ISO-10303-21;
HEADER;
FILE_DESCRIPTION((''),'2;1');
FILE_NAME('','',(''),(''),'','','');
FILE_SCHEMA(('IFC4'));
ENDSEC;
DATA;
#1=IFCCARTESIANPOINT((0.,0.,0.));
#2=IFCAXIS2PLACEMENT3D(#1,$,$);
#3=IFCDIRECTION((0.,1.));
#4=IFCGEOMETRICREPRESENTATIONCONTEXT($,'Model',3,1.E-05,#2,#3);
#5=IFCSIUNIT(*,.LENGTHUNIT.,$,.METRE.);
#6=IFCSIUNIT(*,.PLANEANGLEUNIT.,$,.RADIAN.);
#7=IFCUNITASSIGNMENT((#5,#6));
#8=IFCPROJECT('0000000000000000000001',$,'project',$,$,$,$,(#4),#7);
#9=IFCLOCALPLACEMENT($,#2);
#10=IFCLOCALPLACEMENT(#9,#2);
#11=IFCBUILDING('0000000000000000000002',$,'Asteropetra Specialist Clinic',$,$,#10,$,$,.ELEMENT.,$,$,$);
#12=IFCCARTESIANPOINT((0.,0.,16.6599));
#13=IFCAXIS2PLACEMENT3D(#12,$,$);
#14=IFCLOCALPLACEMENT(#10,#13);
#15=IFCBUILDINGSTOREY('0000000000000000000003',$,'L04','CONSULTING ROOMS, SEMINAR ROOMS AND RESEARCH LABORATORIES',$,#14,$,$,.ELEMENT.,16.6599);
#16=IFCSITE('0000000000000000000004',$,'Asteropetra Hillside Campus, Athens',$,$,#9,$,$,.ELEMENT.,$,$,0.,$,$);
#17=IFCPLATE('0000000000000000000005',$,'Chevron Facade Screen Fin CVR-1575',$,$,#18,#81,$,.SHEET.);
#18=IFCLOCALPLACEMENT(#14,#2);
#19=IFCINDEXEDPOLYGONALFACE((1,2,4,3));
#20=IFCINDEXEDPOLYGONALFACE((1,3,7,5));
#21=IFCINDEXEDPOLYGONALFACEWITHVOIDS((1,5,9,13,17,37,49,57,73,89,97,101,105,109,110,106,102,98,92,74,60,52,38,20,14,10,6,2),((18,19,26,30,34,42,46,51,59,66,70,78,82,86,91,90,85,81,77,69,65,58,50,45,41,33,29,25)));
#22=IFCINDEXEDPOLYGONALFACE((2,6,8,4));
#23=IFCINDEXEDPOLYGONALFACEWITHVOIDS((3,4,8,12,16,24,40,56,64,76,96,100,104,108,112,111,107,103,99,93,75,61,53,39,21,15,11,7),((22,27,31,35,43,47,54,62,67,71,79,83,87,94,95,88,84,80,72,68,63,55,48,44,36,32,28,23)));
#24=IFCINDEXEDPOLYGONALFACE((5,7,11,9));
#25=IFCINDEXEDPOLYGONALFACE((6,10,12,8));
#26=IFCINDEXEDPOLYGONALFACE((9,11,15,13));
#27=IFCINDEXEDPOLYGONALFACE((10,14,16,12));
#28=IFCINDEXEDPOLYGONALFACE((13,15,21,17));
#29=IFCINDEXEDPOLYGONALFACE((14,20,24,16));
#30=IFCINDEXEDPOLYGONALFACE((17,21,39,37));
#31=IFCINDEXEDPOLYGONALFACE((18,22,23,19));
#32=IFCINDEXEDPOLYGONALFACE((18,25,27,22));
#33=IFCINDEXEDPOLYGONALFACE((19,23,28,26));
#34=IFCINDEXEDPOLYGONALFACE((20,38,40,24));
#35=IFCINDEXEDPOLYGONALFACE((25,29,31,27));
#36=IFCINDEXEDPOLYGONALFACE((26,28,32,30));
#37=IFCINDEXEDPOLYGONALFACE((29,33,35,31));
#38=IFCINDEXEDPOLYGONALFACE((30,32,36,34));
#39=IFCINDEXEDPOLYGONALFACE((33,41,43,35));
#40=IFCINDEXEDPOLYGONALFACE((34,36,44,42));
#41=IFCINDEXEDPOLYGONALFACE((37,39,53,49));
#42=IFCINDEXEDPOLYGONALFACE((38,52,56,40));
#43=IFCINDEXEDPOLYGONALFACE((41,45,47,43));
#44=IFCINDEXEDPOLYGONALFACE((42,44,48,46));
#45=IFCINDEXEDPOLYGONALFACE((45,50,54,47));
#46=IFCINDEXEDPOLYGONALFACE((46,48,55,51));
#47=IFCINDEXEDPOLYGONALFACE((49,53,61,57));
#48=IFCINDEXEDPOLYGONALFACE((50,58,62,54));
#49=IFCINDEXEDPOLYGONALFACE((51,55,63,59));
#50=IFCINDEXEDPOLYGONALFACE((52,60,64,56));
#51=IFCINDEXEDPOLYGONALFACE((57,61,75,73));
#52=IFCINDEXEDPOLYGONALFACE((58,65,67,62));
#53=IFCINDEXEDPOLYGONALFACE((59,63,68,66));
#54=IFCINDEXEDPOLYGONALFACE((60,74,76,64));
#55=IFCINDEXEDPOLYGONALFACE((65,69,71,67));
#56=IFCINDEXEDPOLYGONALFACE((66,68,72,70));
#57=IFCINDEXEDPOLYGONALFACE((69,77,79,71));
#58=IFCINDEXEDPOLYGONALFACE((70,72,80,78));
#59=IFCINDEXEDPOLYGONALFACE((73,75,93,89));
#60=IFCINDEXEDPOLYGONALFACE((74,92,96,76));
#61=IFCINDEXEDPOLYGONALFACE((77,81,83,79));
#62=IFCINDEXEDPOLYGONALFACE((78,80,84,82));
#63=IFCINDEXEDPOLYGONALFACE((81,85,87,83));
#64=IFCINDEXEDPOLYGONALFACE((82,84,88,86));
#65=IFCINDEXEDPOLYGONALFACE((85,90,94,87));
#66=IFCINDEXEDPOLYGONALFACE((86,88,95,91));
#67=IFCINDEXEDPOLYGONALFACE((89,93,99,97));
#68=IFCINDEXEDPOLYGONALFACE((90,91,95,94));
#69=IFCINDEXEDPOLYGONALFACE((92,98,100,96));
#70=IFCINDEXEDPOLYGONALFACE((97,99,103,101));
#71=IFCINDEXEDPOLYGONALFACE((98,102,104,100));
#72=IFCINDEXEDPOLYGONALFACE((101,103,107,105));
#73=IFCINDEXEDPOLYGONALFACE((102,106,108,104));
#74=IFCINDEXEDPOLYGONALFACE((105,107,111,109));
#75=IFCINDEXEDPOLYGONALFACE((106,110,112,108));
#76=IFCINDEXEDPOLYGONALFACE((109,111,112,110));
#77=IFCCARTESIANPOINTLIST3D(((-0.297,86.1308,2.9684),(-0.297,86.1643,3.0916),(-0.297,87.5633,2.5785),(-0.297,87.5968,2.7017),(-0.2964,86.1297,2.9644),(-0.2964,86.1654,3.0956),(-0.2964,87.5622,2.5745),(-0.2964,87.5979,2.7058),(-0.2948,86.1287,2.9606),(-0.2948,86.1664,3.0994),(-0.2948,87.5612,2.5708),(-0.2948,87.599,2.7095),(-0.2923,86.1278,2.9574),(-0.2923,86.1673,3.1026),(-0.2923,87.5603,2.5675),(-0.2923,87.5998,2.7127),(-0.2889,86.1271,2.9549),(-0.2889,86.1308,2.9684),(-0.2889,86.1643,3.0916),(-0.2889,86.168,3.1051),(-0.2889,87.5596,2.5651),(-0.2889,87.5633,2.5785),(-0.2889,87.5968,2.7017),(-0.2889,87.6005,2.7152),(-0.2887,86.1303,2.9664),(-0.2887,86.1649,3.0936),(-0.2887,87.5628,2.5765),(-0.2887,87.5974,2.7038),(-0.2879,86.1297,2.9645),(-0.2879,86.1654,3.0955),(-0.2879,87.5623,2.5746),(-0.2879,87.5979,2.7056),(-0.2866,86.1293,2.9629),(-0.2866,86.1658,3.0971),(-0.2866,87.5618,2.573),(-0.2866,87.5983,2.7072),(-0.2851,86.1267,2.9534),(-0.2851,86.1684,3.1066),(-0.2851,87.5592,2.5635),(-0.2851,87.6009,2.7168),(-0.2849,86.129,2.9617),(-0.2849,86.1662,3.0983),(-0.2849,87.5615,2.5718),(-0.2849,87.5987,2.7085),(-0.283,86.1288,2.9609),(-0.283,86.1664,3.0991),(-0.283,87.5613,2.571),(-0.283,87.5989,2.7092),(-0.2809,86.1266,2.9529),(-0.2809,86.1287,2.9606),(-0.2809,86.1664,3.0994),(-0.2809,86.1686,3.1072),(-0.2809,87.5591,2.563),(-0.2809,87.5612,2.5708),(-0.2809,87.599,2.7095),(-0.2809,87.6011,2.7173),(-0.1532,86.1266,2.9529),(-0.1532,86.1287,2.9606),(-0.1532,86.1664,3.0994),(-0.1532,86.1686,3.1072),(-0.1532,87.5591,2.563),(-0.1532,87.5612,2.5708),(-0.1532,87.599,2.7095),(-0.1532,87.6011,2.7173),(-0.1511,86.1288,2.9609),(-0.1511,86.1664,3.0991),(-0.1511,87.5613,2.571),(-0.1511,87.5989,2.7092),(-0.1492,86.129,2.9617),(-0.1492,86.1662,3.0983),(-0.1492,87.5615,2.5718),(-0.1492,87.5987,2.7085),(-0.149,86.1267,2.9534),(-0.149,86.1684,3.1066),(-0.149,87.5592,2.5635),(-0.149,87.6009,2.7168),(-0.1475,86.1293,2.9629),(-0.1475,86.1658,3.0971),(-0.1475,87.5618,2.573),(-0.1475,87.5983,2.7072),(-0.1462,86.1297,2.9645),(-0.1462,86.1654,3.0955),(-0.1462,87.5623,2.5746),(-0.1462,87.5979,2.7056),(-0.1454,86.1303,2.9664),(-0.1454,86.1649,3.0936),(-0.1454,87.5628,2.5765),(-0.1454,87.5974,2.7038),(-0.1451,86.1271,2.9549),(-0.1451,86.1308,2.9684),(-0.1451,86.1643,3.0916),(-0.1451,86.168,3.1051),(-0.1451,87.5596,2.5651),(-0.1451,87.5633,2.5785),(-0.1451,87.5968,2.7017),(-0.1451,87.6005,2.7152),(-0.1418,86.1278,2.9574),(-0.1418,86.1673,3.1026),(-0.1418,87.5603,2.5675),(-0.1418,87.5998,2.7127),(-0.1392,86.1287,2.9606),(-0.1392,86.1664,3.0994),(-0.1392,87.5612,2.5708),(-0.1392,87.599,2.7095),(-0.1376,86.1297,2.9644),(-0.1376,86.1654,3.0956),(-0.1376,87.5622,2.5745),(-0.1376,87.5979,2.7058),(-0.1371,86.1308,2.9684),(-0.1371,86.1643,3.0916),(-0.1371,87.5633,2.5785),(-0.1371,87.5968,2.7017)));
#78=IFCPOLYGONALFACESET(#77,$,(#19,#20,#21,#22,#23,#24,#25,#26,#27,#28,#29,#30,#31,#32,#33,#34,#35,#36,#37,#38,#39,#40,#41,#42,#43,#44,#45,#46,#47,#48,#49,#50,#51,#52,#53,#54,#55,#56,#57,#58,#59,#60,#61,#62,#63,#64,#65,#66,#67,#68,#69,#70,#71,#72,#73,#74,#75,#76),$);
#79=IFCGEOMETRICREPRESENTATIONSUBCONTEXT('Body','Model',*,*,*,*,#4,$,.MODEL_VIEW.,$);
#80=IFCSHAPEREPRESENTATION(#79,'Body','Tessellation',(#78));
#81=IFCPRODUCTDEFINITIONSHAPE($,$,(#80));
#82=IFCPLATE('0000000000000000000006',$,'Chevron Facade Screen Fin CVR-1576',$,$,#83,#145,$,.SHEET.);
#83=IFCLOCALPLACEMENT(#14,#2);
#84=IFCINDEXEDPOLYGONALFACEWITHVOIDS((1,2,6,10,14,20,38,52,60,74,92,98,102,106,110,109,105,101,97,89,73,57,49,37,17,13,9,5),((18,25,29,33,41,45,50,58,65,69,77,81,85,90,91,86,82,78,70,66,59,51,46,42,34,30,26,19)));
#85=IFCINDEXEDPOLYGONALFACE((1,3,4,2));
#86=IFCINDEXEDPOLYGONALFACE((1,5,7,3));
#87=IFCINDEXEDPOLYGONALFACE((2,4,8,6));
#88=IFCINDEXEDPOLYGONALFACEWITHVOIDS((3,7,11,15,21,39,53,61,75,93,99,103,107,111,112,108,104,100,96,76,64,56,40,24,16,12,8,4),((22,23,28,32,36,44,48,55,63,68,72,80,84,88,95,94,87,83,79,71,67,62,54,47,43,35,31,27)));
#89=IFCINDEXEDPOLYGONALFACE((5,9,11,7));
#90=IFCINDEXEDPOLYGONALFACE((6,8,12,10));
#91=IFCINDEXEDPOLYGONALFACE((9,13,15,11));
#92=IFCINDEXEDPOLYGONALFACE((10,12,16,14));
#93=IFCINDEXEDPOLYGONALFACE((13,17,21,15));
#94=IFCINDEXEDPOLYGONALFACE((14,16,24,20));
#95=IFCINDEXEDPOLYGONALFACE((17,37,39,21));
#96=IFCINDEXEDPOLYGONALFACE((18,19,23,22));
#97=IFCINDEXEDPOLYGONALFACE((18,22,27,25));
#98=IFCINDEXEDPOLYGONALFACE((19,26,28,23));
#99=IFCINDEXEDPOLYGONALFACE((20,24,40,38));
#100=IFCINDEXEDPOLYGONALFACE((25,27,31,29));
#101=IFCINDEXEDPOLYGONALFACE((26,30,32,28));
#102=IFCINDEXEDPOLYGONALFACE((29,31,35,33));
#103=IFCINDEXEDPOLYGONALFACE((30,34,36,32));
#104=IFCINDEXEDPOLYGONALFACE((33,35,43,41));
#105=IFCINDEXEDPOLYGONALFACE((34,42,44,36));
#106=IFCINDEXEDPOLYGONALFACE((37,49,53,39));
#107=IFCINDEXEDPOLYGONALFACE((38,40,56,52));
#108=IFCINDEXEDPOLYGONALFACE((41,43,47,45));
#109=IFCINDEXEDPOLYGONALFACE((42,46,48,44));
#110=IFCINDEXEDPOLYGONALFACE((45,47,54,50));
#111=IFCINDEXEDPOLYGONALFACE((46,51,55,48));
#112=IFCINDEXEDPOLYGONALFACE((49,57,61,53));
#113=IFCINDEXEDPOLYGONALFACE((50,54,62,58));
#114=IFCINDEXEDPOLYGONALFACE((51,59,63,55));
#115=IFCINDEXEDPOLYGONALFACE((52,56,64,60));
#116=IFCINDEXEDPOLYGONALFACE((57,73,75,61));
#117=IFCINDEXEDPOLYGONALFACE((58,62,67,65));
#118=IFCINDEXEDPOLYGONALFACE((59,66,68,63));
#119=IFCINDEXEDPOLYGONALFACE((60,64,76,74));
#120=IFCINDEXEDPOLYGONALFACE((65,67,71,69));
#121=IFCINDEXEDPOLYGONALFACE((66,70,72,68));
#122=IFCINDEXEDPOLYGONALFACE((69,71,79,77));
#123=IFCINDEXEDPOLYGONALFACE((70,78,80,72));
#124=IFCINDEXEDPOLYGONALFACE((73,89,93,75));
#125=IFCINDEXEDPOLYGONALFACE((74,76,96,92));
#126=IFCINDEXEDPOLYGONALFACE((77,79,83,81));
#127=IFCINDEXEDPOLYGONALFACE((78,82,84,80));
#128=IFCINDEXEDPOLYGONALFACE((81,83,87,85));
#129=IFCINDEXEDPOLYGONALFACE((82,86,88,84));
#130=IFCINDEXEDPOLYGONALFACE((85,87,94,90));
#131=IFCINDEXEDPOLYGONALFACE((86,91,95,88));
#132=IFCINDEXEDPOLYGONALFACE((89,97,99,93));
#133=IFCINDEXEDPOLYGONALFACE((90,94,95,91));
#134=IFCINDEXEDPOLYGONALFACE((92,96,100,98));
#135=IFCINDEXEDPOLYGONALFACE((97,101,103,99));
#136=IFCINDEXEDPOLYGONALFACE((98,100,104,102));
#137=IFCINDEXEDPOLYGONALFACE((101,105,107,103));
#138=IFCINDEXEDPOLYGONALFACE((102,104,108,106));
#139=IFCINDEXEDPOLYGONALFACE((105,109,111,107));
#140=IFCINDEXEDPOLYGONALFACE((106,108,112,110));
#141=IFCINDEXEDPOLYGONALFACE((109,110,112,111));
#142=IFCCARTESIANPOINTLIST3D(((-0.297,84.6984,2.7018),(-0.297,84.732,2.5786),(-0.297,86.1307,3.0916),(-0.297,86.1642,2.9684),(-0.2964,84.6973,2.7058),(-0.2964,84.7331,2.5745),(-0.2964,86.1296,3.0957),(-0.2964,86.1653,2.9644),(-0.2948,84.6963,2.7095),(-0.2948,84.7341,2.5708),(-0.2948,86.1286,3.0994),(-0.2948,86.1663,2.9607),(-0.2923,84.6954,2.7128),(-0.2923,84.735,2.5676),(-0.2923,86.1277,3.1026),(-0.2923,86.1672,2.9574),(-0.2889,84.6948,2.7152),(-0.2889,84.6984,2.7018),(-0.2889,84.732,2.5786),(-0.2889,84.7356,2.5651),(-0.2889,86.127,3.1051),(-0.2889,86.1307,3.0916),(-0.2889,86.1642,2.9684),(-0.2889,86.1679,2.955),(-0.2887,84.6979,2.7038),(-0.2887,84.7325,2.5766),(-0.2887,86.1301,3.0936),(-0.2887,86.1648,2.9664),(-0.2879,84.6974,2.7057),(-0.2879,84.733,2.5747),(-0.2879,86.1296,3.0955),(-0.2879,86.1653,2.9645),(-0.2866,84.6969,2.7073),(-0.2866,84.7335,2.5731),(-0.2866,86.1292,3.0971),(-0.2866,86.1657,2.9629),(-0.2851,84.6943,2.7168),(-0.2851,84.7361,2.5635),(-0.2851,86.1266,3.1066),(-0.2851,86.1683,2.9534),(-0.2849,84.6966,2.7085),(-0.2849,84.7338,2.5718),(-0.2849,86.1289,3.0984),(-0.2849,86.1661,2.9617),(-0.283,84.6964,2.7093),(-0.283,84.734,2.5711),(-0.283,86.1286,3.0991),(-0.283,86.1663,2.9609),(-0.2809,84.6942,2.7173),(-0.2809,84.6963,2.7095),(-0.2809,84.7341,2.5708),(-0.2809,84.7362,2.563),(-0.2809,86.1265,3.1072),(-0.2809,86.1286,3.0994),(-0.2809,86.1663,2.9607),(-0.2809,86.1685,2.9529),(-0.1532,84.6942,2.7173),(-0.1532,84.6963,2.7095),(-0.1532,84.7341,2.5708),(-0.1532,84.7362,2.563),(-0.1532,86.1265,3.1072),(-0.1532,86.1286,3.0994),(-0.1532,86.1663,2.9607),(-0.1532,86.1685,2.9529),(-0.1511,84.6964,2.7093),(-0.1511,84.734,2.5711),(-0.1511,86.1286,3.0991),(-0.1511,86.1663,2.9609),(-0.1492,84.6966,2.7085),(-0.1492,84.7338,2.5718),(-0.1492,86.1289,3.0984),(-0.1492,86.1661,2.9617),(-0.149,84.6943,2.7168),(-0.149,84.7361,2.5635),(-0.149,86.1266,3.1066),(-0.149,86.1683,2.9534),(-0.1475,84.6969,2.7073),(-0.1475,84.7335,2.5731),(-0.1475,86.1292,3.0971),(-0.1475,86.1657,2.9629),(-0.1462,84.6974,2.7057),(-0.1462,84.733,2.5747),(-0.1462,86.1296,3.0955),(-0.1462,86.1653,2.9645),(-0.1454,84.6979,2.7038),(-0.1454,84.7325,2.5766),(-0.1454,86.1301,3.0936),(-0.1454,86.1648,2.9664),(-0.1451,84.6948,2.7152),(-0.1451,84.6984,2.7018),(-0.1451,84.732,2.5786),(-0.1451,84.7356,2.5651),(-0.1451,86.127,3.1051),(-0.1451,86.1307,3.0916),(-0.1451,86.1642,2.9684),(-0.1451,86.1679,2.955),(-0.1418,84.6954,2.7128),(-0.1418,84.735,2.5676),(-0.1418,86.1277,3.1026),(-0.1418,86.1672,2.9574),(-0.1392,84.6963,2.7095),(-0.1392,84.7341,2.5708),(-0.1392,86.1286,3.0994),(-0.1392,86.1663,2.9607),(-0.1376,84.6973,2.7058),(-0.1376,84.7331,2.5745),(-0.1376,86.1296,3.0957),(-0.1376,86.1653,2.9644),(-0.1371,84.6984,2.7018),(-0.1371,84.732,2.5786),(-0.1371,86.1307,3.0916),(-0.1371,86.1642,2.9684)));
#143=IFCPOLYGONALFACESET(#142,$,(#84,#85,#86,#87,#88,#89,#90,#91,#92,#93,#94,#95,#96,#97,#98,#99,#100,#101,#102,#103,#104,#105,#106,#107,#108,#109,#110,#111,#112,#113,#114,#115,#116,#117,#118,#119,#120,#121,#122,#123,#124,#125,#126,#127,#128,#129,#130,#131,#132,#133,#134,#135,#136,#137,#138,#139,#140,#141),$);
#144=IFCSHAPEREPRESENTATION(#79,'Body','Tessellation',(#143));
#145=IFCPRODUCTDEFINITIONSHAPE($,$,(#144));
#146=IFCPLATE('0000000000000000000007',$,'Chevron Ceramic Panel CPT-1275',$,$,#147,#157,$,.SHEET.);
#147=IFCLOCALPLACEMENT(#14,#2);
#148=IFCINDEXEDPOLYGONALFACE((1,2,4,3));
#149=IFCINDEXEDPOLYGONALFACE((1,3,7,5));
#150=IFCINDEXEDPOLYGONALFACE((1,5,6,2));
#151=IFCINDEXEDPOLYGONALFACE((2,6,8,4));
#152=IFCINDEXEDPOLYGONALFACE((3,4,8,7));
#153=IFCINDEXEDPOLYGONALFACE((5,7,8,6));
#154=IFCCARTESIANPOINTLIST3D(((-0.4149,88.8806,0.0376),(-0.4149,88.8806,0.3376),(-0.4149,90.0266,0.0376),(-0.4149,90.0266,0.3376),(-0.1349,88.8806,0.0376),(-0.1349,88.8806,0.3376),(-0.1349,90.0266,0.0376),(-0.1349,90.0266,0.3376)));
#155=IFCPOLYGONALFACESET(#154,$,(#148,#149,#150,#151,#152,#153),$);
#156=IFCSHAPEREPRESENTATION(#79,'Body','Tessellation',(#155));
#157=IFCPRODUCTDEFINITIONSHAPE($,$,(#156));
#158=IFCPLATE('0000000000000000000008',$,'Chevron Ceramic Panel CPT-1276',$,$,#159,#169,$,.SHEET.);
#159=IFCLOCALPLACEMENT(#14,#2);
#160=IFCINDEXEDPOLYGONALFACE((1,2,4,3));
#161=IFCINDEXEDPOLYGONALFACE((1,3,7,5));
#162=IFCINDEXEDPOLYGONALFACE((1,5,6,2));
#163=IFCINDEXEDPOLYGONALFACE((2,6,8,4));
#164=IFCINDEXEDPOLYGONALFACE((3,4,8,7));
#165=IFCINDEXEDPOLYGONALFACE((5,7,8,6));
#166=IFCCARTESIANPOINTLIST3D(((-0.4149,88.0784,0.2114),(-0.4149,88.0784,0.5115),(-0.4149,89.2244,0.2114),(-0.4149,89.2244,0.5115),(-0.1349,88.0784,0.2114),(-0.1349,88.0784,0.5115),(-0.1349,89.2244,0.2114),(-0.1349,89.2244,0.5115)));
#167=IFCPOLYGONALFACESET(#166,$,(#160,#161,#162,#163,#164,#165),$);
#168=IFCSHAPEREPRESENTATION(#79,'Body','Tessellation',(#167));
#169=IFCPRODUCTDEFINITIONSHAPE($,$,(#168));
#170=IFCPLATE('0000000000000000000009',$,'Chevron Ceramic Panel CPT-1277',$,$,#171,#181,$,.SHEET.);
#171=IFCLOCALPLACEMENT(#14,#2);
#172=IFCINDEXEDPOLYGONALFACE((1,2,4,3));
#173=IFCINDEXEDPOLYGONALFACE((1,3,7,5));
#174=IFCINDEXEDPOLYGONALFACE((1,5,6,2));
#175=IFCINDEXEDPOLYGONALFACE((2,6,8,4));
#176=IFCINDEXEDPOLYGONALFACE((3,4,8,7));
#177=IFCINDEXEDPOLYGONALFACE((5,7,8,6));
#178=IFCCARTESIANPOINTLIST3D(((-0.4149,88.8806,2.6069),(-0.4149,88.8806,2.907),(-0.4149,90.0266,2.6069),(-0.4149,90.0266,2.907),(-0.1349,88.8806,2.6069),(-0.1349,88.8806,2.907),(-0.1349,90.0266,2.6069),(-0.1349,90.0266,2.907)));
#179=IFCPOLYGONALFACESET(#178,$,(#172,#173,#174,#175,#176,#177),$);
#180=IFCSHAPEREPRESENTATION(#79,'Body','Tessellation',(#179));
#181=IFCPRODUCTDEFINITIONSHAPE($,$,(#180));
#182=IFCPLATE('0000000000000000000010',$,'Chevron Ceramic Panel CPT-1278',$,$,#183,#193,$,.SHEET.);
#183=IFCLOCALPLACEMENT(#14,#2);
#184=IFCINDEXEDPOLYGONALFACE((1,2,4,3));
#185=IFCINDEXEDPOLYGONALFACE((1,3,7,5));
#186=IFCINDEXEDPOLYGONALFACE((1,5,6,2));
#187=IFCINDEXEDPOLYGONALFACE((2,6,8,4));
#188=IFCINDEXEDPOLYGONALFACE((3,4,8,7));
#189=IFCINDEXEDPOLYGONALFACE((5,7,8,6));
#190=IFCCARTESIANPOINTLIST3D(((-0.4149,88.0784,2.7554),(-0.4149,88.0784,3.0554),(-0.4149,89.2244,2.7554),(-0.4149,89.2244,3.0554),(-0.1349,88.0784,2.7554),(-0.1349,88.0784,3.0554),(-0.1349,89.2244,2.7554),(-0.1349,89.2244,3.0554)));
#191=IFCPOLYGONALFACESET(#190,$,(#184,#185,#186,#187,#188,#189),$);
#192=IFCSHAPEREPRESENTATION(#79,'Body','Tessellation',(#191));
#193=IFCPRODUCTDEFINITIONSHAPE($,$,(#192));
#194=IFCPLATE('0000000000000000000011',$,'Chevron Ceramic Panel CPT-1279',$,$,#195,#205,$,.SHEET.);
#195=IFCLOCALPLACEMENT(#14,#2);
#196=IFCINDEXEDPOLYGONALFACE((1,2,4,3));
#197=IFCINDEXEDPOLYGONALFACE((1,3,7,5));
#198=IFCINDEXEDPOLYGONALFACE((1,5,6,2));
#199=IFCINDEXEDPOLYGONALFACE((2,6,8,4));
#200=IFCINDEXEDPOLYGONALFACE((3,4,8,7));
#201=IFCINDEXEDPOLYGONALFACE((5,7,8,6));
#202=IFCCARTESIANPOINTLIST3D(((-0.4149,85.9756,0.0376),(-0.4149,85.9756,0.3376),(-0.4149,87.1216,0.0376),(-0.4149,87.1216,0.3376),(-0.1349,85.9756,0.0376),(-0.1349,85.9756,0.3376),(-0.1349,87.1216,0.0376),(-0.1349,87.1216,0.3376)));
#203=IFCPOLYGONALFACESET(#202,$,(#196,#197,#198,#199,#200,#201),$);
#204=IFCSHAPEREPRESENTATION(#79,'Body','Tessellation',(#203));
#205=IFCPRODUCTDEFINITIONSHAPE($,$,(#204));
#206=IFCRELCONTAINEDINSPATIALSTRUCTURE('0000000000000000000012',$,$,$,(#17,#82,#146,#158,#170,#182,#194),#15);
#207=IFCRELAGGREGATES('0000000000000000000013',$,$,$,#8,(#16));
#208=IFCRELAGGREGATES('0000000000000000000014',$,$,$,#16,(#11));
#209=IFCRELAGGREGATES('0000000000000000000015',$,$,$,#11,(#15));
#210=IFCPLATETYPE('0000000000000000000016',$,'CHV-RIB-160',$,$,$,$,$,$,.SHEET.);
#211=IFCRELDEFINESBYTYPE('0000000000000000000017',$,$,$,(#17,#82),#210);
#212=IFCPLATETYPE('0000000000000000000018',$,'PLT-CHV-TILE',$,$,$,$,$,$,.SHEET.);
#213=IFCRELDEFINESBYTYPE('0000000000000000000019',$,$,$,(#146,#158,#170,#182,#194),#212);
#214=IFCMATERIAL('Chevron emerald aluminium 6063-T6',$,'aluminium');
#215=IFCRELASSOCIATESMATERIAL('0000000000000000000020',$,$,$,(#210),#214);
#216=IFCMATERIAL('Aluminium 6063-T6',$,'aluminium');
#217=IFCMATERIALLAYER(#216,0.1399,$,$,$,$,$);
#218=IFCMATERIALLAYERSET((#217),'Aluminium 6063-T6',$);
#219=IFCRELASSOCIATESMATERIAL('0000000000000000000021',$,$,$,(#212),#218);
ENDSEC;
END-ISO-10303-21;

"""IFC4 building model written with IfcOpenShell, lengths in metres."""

from ifc_helpers import new_model, si_unit, direction, frame, origin, origin_2d, place, context, subcontext, project, spatial, rectangle, hollow_rectangle, extrude, material, layer, layer_set, material_profile, profile_set, type_object, element, save


model = new_model("IFC4")

# Units and contexts
model_context = context("Model", 3, precision=1e-05, world=origin(), true_north=direction((0.0, 1.0)))
body_context = subcontext(model_context, "Body", "Model", "MODEL_VIEW")
ifc_project = project(units=[si_unit("LENGTHUNIT", "METRE"), si_unit("PLANEANGLEUNIT", "RADIAN")], contexts=[model_context])

# Site, building, storey
site_placement = place(None, origin())
site = spatial("IfcSite", under=ifc_project, at=site_placement, Name="Asteropetra Hillside Campus, Athens", CompositionType="ELEMENT", RefElevation=0.0)
building_placement = place(site_placement, origin())
building = spatial("IfcBuilding", under=site, at=building_placement, Name="Asteropetra Specialist Clinic", CompositionType="ELEMENT")
storey_placement = place(building_placement, frame((0.0, 0.0, 16.6599)))
storey = spatial("IfcBuildingStorey", under=building, at=storey_placement, Name="L04", Description="CONSULTING ROOMS, SEMINAR ROOMS AND RESEARCH LABORATORIES", CompositionType="ELEMENT", Elevation=16.6599)

# Plates
ifc_material_1 = material(Name="Chevron emerald aluminium 6063-T6", Category="aluminium")
ifc_material_profile_1 = material_profile(ifc_material_1, hollow_rectangle(XDim=0.1599, YDim=0.1599, WallThickness=0.0081, InnerFilletRadius=0.0081, OuterFilletRadius=0.0161, at=origin_2d()), Name="SHS 160x160x8.0")
ifc_profile_set_1 = profile_set([ifc_material_profile_1], Name="Chevron emerald aluminium 6063-T6")
plate_type_1 = type_object("IfcPlateType", Name="CHV-RIB-160", PredefinedType="SHEET", material=ifc_profile_set_1)
plate_1_placement = place(storey_placement, frame((-0.217, 87.5801, 2.6401), z_axis=(0.0, -0.964904, 0.262603), x_axis=(1.0, 0.0, 0.0)))
element("IfcPlate", 1, at=plate_1_placement, inside=storey, type_object=plate_type_1, Name="Chevron Facade Screen Fin CVR-1575", PredefinedType="SHEET", context=body_context, shape_type="SweptSolid", body=[
    extrude(hollow_rectangle(XDim=0.1599, YDim=0.1599, WallThickness=0.0081, InnerFilletRadius=0.0081, OuterFilletRadius=0.0161, at=origin_2d()), origin(), (0.0, 0.0, 1.0), 1.4846),
])
plate_2_placement = place(storey_placement, frame((-0.217, 86.1475, 3.03), z_axis=(0.0, -0.964893, -0.262644), x_axis=(1.0, 0.0, 0.0)))
element("IfcPlate", 2, at=plate_2_placement, inside=storey, type_object=plate_type_1, Name="Chevron Facade Screen Fin CVR-1576", PredefinedType="SHEET", context=body_context, shape_type="SweptSolid", body=[
    extrude(hollow_rectangle(XDim=0.1599, YDim=0.1599, WallThickness=0.0081, InnerFilletRadius=0.0081, OuterFilletRadius=0.0161, at=origin_2d()), origin(), (0.0, 0.0, 1.0), 1.4844),
])
ifc_material_2 = material(Name="Aluminium 6063-T6", Category="aluminium")
ifc_layer_1 = layer(ifc_material_2, 0.1399)
ifc_layer_set_1 = layer_set([ifc_layer_1], Name="Aluminium 6063-T6")
plate_type_2 = type_object("IfcPlateType", Name="PLT-CHV-TILE", PredefinedType="SHEET", material=ifc_layer_set_1)
for number, where, z_axis, x_axis, name in (
    (3, (-0.2749, 89.4536, 0.0376), (0.0, 0.0, 1.0), (1.0, 0.0, 0.0), "Chevron Ceramic Panel CPT-1275"),
    (4, (-0.2749, 88.6514, 0.2114), (0.0, 0.0, 1.0), (1.0, 0.0, 0.0), "Chevron Ceramic Panel CPT-1276"),
    (5, (-0.2749, 89.4536, 2.6069), (0.0, 0.0, 1.0), (1.0, 0.0, 0.0), "Chevron Ceramic Panel CPT-1277"),
    (6, (-0.2749, 88.6514, 2.7554), (0.0, 0.0, 1.0), (1.0, 0.0, 0.0), "Chevron Ceramic Panel CPT-1278"),
    (7, (-0.2749, 86.5486, 0.0376), (0.0, 0.0, 1.0), (1.0, 0.0, 0.0), "Chevron Ceramic Panel CPT-1279"),
):
    element("IfcPlate", number, at=place(storey_placement, frame(where, z_axis=z_axis, x_axis=x_axis)), inside=storey, type_object=plate_type_2, Name=name, PredefinedType="SHEET", context=body_context, shape_type="SweptSolid", body=[
        extrude(rectangle(XDim=0.28, YDim=1.146, at=origin_2d()), origin(), (0.0, 0.0, 1.0), 0.3),
    ])

save(model, "model.ifc")
